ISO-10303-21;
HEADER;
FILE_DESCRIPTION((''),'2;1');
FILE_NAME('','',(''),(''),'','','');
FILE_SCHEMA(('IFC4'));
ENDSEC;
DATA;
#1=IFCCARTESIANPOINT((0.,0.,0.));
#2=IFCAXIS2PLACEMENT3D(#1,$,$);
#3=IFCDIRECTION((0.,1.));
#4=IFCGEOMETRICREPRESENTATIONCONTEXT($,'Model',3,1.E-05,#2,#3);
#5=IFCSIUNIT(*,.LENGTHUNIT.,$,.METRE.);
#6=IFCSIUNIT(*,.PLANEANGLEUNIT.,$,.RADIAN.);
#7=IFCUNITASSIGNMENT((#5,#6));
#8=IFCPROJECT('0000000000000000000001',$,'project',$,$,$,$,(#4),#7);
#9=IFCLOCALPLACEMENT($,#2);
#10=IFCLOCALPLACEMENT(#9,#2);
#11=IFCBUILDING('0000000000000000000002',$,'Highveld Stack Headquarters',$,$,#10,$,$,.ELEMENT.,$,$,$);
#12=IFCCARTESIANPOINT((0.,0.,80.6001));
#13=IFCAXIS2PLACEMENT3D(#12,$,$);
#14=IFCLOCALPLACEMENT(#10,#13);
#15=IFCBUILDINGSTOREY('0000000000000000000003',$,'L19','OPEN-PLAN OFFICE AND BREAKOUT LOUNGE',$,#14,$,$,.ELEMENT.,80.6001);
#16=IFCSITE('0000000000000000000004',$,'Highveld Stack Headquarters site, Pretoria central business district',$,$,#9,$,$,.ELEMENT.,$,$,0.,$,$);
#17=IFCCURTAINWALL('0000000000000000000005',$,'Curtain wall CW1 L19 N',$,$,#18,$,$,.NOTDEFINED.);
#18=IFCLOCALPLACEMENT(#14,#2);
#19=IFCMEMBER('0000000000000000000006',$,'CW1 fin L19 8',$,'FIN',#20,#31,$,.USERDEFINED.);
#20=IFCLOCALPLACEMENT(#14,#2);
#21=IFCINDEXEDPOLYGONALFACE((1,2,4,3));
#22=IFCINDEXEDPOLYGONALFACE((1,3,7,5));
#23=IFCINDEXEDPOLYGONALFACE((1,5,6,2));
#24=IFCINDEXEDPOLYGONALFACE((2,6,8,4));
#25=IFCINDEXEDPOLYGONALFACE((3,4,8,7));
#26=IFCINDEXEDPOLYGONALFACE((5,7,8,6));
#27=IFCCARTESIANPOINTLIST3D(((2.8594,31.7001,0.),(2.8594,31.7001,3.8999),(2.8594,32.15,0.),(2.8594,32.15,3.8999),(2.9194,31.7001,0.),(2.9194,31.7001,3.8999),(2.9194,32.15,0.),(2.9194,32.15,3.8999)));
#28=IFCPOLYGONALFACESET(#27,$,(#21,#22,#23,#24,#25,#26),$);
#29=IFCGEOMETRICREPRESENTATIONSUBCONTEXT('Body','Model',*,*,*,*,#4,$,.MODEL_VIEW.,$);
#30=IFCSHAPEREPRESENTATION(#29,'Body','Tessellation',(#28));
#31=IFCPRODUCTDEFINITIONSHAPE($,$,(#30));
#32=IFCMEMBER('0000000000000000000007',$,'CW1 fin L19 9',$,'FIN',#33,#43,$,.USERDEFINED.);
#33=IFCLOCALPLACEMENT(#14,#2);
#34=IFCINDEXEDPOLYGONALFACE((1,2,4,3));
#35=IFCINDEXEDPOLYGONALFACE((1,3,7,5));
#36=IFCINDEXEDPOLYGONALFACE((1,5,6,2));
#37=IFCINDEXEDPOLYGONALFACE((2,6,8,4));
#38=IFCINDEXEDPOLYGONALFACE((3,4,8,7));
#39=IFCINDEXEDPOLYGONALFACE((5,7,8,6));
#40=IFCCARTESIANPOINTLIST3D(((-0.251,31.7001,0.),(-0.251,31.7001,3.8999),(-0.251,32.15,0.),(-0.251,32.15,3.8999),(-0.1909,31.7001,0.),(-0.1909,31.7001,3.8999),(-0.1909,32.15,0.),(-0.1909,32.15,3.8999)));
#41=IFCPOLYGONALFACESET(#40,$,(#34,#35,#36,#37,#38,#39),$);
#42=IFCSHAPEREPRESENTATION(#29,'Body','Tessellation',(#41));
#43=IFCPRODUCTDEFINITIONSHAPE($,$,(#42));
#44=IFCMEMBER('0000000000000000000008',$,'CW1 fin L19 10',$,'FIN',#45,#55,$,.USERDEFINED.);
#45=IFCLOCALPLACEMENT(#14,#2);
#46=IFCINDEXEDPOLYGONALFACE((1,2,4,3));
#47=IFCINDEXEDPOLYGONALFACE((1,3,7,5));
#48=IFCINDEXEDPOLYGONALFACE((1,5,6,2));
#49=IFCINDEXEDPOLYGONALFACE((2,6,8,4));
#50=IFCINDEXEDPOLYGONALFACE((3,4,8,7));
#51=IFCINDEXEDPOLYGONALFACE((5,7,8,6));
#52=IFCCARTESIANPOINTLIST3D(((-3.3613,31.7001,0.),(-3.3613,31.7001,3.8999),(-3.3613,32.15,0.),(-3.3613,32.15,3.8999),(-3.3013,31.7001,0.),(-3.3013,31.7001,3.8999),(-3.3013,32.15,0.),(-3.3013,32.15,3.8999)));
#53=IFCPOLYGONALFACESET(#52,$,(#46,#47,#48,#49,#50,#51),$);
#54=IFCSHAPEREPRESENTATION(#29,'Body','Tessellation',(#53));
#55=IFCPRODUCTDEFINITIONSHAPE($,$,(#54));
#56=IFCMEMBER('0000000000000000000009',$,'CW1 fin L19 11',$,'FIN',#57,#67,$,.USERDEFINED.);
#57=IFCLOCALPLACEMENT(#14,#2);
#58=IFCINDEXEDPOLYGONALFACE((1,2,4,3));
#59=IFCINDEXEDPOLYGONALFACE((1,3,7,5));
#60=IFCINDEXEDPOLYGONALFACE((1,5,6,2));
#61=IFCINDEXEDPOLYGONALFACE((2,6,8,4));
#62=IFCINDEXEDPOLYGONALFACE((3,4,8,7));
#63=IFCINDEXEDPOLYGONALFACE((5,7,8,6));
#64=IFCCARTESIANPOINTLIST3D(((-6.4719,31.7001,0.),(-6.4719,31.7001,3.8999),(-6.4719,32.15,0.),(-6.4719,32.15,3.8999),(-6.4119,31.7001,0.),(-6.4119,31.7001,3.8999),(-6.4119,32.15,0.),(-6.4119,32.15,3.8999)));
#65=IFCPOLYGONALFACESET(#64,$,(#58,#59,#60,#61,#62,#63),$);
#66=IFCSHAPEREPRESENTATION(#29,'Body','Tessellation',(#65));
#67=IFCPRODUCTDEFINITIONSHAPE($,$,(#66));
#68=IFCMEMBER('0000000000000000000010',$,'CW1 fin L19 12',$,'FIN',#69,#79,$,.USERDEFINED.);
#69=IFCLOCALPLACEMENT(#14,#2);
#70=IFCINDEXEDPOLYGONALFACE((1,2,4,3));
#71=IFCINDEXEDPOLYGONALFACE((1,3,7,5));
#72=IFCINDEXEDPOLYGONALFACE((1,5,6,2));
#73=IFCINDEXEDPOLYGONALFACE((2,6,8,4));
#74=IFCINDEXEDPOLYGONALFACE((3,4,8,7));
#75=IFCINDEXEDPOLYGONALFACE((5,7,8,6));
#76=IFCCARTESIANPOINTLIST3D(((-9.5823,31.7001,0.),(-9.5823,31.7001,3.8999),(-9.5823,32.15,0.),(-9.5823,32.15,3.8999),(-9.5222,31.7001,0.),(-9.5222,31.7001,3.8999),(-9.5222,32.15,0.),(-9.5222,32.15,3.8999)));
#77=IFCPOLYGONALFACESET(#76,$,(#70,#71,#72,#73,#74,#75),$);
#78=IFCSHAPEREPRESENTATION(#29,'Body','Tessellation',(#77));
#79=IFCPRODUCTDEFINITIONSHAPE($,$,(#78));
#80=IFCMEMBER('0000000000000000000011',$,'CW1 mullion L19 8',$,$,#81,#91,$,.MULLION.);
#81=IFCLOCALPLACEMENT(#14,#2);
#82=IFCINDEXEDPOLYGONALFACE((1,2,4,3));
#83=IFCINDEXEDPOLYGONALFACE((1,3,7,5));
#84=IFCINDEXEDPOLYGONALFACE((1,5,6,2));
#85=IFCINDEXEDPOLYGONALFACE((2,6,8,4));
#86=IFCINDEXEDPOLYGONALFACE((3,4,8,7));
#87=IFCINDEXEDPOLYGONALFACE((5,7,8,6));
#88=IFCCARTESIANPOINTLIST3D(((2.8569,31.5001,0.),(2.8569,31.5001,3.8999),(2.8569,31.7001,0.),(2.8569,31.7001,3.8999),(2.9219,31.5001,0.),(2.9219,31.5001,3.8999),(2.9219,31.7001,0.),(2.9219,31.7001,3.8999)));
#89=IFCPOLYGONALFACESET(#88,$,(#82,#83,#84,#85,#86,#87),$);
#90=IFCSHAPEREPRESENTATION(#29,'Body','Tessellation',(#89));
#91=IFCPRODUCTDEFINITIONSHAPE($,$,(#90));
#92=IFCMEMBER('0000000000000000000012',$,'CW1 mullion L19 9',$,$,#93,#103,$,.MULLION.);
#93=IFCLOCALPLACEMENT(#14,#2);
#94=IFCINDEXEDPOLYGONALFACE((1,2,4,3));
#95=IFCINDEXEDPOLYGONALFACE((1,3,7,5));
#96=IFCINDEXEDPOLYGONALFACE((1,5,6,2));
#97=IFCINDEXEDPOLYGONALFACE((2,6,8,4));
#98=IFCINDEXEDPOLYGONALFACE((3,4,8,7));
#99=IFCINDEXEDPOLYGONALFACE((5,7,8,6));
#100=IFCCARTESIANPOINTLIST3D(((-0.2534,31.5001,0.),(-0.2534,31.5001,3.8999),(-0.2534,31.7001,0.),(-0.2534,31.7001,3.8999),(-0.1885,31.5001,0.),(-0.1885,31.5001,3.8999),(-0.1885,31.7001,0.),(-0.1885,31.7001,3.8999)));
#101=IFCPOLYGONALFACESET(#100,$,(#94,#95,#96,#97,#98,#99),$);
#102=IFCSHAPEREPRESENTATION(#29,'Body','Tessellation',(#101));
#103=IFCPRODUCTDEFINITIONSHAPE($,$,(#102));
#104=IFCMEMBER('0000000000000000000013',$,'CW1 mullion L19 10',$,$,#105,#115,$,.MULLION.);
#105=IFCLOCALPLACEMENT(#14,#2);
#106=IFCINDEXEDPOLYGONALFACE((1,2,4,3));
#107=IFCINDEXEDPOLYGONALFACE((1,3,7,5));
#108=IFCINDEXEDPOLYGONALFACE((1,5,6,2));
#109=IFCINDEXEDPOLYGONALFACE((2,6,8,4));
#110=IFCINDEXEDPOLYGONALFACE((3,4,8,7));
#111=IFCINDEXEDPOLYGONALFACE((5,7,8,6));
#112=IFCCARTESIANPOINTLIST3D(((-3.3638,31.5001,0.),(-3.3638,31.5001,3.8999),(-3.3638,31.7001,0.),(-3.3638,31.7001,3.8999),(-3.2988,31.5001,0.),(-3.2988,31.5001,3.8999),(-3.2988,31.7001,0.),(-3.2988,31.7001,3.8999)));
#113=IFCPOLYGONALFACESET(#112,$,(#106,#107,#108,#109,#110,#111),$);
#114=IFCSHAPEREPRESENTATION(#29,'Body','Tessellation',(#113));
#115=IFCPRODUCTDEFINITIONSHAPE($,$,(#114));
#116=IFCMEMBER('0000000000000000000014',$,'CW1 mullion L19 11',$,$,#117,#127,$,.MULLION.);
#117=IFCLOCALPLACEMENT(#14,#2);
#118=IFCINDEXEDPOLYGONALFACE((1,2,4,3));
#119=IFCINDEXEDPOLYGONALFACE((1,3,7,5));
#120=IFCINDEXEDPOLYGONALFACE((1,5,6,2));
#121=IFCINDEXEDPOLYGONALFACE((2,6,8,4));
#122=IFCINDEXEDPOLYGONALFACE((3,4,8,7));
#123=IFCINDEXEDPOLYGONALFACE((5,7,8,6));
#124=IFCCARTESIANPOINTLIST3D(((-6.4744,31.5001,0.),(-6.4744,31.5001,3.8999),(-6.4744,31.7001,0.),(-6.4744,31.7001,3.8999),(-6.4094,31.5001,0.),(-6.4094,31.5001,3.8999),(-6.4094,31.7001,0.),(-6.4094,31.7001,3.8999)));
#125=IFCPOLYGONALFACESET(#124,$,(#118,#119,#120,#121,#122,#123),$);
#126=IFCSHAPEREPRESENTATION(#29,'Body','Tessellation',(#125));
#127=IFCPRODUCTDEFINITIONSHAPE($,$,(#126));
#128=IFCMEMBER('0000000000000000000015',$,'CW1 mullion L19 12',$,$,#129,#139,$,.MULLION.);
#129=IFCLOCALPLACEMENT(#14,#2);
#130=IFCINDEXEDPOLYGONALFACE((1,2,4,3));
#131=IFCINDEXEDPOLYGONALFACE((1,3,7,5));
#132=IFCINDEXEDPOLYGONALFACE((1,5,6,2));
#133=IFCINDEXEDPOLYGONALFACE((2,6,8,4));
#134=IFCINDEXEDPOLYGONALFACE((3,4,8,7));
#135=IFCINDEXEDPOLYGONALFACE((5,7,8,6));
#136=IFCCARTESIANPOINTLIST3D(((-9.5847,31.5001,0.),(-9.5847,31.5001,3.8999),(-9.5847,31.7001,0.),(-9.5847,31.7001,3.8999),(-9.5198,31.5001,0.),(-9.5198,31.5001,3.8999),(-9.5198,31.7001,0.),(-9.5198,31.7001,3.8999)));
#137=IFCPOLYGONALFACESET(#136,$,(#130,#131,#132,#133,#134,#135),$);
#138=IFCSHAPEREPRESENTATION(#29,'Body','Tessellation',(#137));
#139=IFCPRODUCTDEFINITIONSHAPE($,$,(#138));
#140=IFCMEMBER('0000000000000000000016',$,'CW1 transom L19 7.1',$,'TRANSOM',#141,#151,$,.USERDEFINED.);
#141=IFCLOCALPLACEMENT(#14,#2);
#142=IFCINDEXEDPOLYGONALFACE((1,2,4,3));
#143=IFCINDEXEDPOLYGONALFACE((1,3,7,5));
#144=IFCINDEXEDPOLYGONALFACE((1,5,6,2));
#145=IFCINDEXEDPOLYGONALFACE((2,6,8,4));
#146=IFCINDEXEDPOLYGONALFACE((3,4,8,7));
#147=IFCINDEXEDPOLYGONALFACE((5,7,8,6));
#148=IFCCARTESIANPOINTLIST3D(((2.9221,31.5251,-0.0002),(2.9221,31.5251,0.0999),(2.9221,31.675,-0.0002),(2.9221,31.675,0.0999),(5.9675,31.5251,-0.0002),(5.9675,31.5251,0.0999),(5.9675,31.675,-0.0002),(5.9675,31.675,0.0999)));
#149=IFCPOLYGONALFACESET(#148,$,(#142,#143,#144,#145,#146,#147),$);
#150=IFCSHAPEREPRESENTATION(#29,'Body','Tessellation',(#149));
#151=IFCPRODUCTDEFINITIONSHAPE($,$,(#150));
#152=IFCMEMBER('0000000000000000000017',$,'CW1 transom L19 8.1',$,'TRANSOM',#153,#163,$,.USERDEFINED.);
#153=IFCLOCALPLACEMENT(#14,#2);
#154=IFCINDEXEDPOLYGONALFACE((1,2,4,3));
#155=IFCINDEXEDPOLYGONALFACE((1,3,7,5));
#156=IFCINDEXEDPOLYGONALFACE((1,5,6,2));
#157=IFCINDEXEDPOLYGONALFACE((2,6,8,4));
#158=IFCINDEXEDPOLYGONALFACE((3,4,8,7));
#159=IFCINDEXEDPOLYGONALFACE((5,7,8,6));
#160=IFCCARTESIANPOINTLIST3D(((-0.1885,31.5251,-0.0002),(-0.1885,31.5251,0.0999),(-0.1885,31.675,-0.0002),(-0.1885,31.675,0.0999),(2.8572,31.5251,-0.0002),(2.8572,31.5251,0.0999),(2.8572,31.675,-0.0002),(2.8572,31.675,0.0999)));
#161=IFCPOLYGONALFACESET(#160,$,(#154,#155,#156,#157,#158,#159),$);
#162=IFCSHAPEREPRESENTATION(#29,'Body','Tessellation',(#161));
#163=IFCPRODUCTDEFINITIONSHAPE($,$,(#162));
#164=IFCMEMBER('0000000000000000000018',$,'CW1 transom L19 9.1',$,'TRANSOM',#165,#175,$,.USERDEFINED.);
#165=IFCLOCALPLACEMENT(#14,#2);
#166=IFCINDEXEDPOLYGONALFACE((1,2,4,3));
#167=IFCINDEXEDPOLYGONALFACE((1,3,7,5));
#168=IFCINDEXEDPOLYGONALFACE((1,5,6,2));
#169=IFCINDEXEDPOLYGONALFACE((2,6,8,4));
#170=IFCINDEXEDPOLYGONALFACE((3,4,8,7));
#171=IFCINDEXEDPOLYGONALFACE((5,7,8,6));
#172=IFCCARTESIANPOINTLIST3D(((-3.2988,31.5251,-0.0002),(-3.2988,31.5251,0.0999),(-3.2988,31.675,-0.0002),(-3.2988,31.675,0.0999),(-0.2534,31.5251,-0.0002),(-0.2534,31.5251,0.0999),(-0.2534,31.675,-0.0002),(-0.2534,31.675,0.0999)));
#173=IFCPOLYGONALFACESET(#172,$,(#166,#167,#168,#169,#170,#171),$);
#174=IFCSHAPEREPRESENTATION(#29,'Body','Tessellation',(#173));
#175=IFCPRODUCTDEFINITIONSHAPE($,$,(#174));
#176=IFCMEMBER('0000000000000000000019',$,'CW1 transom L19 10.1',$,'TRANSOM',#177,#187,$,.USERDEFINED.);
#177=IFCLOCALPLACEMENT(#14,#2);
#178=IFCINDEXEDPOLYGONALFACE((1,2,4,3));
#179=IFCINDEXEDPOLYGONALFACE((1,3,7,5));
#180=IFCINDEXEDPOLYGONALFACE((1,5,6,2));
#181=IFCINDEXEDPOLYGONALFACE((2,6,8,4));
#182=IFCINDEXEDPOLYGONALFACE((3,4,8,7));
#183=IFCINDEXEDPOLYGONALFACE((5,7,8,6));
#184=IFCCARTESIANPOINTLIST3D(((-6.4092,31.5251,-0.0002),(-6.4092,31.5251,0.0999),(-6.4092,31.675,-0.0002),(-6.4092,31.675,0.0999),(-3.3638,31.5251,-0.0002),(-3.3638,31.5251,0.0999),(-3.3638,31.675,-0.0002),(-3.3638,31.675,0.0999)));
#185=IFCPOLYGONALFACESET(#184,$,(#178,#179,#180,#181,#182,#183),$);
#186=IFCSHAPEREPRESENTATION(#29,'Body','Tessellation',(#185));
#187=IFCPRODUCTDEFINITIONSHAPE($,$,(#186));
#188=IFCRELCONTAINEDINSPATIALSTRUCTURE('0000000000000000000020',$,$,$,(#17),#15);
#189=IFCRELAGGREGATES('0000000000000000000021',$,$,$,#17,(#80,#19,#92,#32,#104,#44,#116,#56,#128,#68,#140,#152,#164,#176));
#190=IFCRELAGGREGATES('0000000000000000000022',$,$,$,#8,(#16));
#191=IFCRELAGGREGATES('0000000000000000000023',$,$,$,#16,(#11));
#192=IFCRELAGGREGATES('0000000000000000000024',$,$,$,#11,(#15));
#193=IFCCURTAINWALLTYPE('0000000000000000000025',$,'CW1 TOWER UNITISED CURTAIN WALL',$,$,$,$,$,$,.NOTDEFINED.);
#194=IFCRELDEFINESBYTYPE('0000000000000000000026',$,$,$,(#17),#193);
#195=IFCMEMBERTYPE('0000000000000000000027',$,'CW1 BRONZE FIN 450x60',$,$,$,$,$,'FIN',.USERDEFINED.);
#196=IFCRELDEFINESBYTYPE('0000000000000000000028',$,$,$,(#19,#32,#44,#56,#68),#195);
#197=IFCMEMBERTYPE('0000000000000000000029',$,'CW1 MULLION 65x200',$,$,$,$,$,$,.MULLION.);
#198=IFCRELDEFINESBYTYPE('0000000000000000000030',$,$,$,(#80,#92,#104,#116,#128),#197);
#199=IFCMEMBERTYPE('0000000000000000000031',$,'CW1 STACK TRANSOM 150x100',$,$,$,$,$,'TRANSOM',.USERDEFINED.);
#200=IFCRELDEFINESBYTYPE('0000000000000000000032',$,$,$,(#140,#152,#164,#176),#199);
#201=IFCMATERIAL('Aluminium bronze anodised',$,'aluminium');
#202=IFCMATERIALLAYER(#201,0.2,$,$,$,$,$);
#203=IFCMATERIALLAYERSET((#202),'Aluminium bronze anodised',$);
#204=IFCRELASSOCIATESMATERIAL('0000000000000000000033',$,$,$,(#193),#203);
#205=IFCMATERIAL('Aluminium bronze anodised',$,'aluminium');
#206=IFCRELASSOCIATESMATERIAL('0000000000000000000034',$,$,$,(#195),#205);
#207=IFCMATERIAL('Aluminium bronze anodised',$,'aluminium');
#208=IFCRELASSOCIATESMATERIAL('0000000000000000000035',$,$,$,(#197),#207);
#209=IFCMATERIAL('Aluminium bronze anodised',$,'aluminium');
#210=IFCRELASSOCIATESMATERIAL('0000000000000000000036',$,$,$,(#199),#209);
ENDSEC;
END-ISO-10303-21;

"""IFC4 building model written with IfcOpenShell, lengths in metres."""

from ifc_helpers import new_model, si_unit, direction, frame, origin, origin_2d, place, context, subcontext, project, spatial, rectangle, extrude, material, layer, layer_set, material_profile, profile_set, type_object, element, aggregate, save


model = new_model("IFC4")

# Units and contexts
model_context = context("Model", 3, precision=1e-05, world=origin(), true_north=direction((0.0, 1.0)))
body_context = subcontext(model_context, "Body", "Model", "MODEL_VIEW")
ifc_project = project(units=[si_unit("LENGTHUNIT", "METRE"), si_unit("PLANEANGLEUNIT", "RADIAN")], contexts=[model_context])

# Site, building, storey
site_placement = place(None, origin())
site = spatial("IfcSite", under=ifc_project, at=site_placement, Name="Highveld Stack Headquarters site, Pretoria central business district", CompositionType="ELEMENT", RefElevation=0.0)
building_placement = place(site_placement, origin())
building = spatial("IfcBuilding", under=site, at=building_placement, Name="Highveld Stack Headquarters", CompositionType="ELEMENT")
storey_placement = place(building_placement, frame((0.0, 0.0, 80.6001)))
storey = spatial("IfcBuildingStorey", under=building, at=storey_placement, Name="L19", Description="OPEN-PLAN OFFICE AND BREAKOUT LOUNGE", CompositionType="ELEMENT", Elevation=80.6001)

# Curtain wall, members
ifc_material_1 = material(Name="Aluminium bronze anodised", Category="aluminium")
ifc_layer_1 = layer(ifc_material_1, 0.2)
ifc_layer_set_1 = layer_set([ifc_layer_1], Name="Aluminium bronze anodised")
curtain_wall_type = type_object("IfcCurtainWallType", Name="CW1 TOWER UNITISED CURTAIN WALL", PredefinedType="NOTDEFINED", material=ifc_layer_set_1)
curtain_wall_placement = place(storey_placement, origin())
curtain_wall = element("IfcCurtainWall", 1, at=curtain_wall_placement, inside=storey, type_object=curtain_wall_type, Name="Curtain wall CW1 L19 N", PredefinedType="NOTDEFINED")
ifc_material_2 = material(Name="Aluminium bronze anodised", Category="aluminium")
ifc_material_profile_1 = material_profile(ifc_material_2, rectangle(XDim=0.45, YDim=0.0601, at=origin_2d()), Name="FIN 450x60")
ifc_profile_set_1 = profile_set([ifc_material_profile_1], Name="Aluminium bronze anodised")
member_type_1 = type_object("IfcMemberType", Name="CW1 BRONZE FIN 450x60", ElementType="FIN", PredefinedType="USERDEFINED", material=ifc_profile_set_1)
member_1_placement = place(storey_placement, frame((2.8894, 31.925, 0.0), z_axis=(0.0, 0.0, 1.0), x_axis=(0.0, -1.0, 0.0)))
member_1 = element("IfcMember", 2, at=member_1_placement, type_object=member_type_1, Name="CW1 fin L19 8", ObjectType="FIN", PredefinedType="USERDEFINED", context=body_context, shape_type="SweptSolid", body=[
    extrude(rectangle(XDim=0.45, YDim=0.0601, at=origin_2d()), origin(), (0.0, 0.0, 1.0), 3.8999),
])
member_2_placement = place(storey_placement, frame((-0.2209, 31.925, 0.0), z_axis=(0.0, 0.0, 1.0), x_axis=(0.0, -1.0, 0.0)))
member_2 = element("IfcMember", 3, at=member_2_placement, type_object=member_type_1, Name="CW1 fin L19 9", ObjectType="FIN", PredefinedType="USERDEFINED", context=body_context, shape_type="SweptSolid", body=[
    extrude(rectangle(XDim=0.45, YDim=0.0601, at=origin_2d()), origin(), (0.0, 0.0, 1.0), 3.8999),
])
member_3_placement = place(storey_placement, frame((-3.3313, 31.925, 0.0), z_axis=(0.0, 0.0, 1.0), x_axis=(0.0, -1.0, 0.0)))
member_3 = element("IfcMember", 4, at=member_3_placement, type_object=member_type_1, Name="CW1 fin L19 10", ObjectType="FIN", PredefinedType="USERDEFINED", context=body_context, shape_type="SweptSolid", body=[
    extrude(rectangle(XDim=0.45, YDim=0.0601, at=origin_2d()), origin(), (0.0, 0.0, 1.0), 3.8999),
])
member_4_placement = place(storey_placement, frame((-6.4419, 31.925, 0.0), z_axis=(0.0, 0.0, 1.0), x_axis=(0.0, -1.0, 0.0)))
member_4 = element("IfcMember", 5, at=member_4_placement, type_object=member_type_1, Name="CW1 fin L19 11", ObjectType="FIN", PredefinedType="USERDEFINED", context=body_context, shape_type="SweptSolid", body=[
    extrude(rectangle(XDim=0.45, YDim=0.0601, at=origin_2d()), origin(), (0.0, 0.0, 1.0), 3.8999),
])
member_5_placement = place(storey_placement, frame((-9.5522, 31.925, 0.0), z_axis=(0.0, 0.0, 1.0), x_axis=(0.0, -1.0, 0.0)))
member_5 = element("IfcMember", 6, at=member_5_placement, type_object=member_type_1, Name="CW1 fin L19 12", ObjectType="FIN", PredefinedType="USERDEFINED", context=body_context, shape_type="SweptSolid", body=[
    extrude(rectangle(XDim=0.45, YDim=0.0601, at=origin_2d()), origin(), (0.0, 0.0, 1.0), 3.8999),
])
ifc_material_3 = material(Name="Aluminium bronze anodised", Category="aluminium")
ifc_material_profile_2 = material_profile(ifc_material_3, rectangle(XDim=0.2, YDim=0.0649, at=origin_2d()), Name="CW1 MULLION 65x200")
ifc_profile_set_2 = profile_set([ifc_material_profile_2], Name="Aluminium bronze anodised")
member_type_2 = type_object("IfcMemberType", Name="CW1 MULLION 65x200", PredefinedType="MULLION", material=ifc_profile_set_2)
member_6_placement = place(storey_placement, frame((2.8894, 31.6001, 0.0), z_axis=(0.0, 0.0, 1.0), x_axis=(0.0, -1.0, 0.0)))
member_6 = element("IfcMember", 7, at=member_6_placement, type_object=member_type_2, Name="CW1 mullion L19 8", PredefinedType="MULLION", context=body_context, shape_type="SweptSolid", body=[
    extrude(rectangle(XDim=0.2, YDim=0.0649, at=origin_2d()), origin(), (0.0, 0.0, 1.0), 3.8999),
])
member_7_placement = place(storey_placement, frame((-0.2209, 31.6001, 0.0), z_axis=(0.0, 0.0, 1.0), x_axis=(0.0, -1.0, 0.0)))
member_7 = element("IfcMember", 8, at=member_7_placement, type_object=member_type_2, Name="CW1 mullion L19 9", PredefinedType="MULLION", context=body_context, shape_type="SweptSolid", body=[
    extrude(rectangle(XDim=0.2, YDim=0.0649, at=origin_2d()), origin(), (0.0, 0.0, 1.0), 3.8999),
])
member_8_placement = place(storey_placement, frame((-3.3313, 31.6001, 0.0), z_axis=(0.0, 0.0, 1.0), x_axis=(0.0, -1.0, 0.0)))
member_8 = element("IfcMember", 9, at=member_8_placement, type_object=member_type_2, Name="CW1 mullion L19 10", PredefinedType="MULLION", context=body_context, shape_type="SweptSolid", body=[
    extrude(rectangle(XDim=0.2, YDim=0.0649, at=origin_2d()), origin(), (0.0, 0.0, 1.0), 3.8999),
])
member_9_placement = place(storey_placement, frame((-6.4419, 31.6001, 0.0), z_axis=(0.0, 0.0, 1.0), x_axis=(0.0, -1.0, 0.0)))
member_9 = element("IfcMember", 10, at=member_9_placement, type_object=member_type_2, Name="CW1 mullion L19 11", PredefinedType="MULLION", context=body_context, shape_type="SweptSolid", body=[
    extrude(rectangle(XDim=0.2, YDim=0.0649, at=origin_2d()), origin(), (0.0, 0.0, 1.0), 3.8999),
])
member_10_placement = place(storey_placement, frame((-9.5522, 31.6001, 0.0), z_axis=(0.0, 0.0, 1.0), x_axis=(0.0, -1.0, 0.0)))
member_10 = element("IfcMember", 11, at=member_10_placement, type_object=member_type_2, Name="CW1 mullion L19 12", PredefinedType="MULLION", context=body_context, shape_type="SweptSolid", body=[
    extrude(rectangle(XDim=0.2, YDim=0.0649, at=origin_2d()), origin(), (0.0, 0.0, 1.0), 3.8999),
])
ifc_material_4 = material(Name="Aluminium bronze anodised", Category="aluminium")
ifc_material_profile_3 = material_profile(ifc_material_4, rectangle(XDim=0.1499, YDim=0.1001, at=origin_2d()), Name="CW1 TRANSOM 150x100")
ifc_profile_set_3 = profile_set([ifc_material_profile_3], Name="Aluminium bronze anodised")
member_type_3 = type_object("IfcMemberType", Name="CW1 STACK TRANSOM 150x100", ElementType="TRANSOM", PredefinedType="USERDEFINED", material=ifc_profile_set_3)
member_11_placement = place(storey_placement, frame((5.9675, 31.6001, 0.0498), z_axis=(-1.0, 0.0, 0.0), x_axis=(0.0, -1.0, 0.0)))
member_11 = element("IfcMember", 12, at=member_11_placement, type_object=member_type_3, Name="CW1 transom L19 7.1", ObjectType="TRANSOM", PredefinedType="USERDEFINED", context=body_context, shape_type="SweptSolid", body=[
    extrude(rectangle(XDim=0.1499, YDim=0.1001, at=origin_2d()), origin(), (0.0, 0.0, 1.0), 3.0454),
])
member_12_placement = place(storey_placement, frame((2.8572, 31.6001, 0.0498), z_axis=(-1.0, 0.0, 0.0), x_axis=(0.0, -1.0, 0.0)))
member_12 = element("IfcMember", 13, at=member_12_placement, type_object=member_type_3, Name="CW1 transom L19 8.1", ObjectType="TRANSOM", PredefinedType="USERDEFINED", context=body_context, shape_type="SweptSolid", body=[
    extrude(rectangle(XDim=0.1499, YDim=0.1001, at=origin_2d()), origin(), (0.0, 0.0, 1.0), 3.0457),
])
member_13_placement = place(storey_placement, frame((-0.2534, 31.6001, 0.0498), z_axis=(-1.0, 0.0, 0.0), x_axis=(0.0, -1.0, 0.0)))
member_13 = element("IfcMember", 14, at=member_13_placement, type_object=member_type_3, Name="CW1 transom L19 9.1", ObjectType="TRANSOM", PredefinedType="USERDEFINED", context=body_context, shape_type="SweptSolid", body=[
    extrude(rectangle(XDim=0.1499, YDim=0.1001, at=origin_2d()), origin(), (0.0, 0.0, 1.0), 3.0454),
])
member_14_placement = place(storey_placement, frame((-3.3638, 31.6001, 0.0498), z_axis=(-1.0, 0.0, 0.0), x_axis=(0.0, -1.0, 0.0)))
member_14 = element("IfcMember", 15, at=member_14_placement, type_object=member_type_3, Name="CW1 transom L19 10.1", ObjectType="TRANSOM", PredefinedType="USERDEFINED", context=body_context, shape_type="SweptSolid", body=[
    extrude(rectangle(XDim=0.1499, YDim=0.1001, at=origin_2d()), origin(), (0.0, 0.0, 1.0), 3.0454),
])

aggregate(curtain_wall, [member_6, member_1, member_7, member_2, member_8, member_3, member_9, member_4, member_10, member_5, member_11, member_12, member_13, member_14])

save(model, "model.ifc")
